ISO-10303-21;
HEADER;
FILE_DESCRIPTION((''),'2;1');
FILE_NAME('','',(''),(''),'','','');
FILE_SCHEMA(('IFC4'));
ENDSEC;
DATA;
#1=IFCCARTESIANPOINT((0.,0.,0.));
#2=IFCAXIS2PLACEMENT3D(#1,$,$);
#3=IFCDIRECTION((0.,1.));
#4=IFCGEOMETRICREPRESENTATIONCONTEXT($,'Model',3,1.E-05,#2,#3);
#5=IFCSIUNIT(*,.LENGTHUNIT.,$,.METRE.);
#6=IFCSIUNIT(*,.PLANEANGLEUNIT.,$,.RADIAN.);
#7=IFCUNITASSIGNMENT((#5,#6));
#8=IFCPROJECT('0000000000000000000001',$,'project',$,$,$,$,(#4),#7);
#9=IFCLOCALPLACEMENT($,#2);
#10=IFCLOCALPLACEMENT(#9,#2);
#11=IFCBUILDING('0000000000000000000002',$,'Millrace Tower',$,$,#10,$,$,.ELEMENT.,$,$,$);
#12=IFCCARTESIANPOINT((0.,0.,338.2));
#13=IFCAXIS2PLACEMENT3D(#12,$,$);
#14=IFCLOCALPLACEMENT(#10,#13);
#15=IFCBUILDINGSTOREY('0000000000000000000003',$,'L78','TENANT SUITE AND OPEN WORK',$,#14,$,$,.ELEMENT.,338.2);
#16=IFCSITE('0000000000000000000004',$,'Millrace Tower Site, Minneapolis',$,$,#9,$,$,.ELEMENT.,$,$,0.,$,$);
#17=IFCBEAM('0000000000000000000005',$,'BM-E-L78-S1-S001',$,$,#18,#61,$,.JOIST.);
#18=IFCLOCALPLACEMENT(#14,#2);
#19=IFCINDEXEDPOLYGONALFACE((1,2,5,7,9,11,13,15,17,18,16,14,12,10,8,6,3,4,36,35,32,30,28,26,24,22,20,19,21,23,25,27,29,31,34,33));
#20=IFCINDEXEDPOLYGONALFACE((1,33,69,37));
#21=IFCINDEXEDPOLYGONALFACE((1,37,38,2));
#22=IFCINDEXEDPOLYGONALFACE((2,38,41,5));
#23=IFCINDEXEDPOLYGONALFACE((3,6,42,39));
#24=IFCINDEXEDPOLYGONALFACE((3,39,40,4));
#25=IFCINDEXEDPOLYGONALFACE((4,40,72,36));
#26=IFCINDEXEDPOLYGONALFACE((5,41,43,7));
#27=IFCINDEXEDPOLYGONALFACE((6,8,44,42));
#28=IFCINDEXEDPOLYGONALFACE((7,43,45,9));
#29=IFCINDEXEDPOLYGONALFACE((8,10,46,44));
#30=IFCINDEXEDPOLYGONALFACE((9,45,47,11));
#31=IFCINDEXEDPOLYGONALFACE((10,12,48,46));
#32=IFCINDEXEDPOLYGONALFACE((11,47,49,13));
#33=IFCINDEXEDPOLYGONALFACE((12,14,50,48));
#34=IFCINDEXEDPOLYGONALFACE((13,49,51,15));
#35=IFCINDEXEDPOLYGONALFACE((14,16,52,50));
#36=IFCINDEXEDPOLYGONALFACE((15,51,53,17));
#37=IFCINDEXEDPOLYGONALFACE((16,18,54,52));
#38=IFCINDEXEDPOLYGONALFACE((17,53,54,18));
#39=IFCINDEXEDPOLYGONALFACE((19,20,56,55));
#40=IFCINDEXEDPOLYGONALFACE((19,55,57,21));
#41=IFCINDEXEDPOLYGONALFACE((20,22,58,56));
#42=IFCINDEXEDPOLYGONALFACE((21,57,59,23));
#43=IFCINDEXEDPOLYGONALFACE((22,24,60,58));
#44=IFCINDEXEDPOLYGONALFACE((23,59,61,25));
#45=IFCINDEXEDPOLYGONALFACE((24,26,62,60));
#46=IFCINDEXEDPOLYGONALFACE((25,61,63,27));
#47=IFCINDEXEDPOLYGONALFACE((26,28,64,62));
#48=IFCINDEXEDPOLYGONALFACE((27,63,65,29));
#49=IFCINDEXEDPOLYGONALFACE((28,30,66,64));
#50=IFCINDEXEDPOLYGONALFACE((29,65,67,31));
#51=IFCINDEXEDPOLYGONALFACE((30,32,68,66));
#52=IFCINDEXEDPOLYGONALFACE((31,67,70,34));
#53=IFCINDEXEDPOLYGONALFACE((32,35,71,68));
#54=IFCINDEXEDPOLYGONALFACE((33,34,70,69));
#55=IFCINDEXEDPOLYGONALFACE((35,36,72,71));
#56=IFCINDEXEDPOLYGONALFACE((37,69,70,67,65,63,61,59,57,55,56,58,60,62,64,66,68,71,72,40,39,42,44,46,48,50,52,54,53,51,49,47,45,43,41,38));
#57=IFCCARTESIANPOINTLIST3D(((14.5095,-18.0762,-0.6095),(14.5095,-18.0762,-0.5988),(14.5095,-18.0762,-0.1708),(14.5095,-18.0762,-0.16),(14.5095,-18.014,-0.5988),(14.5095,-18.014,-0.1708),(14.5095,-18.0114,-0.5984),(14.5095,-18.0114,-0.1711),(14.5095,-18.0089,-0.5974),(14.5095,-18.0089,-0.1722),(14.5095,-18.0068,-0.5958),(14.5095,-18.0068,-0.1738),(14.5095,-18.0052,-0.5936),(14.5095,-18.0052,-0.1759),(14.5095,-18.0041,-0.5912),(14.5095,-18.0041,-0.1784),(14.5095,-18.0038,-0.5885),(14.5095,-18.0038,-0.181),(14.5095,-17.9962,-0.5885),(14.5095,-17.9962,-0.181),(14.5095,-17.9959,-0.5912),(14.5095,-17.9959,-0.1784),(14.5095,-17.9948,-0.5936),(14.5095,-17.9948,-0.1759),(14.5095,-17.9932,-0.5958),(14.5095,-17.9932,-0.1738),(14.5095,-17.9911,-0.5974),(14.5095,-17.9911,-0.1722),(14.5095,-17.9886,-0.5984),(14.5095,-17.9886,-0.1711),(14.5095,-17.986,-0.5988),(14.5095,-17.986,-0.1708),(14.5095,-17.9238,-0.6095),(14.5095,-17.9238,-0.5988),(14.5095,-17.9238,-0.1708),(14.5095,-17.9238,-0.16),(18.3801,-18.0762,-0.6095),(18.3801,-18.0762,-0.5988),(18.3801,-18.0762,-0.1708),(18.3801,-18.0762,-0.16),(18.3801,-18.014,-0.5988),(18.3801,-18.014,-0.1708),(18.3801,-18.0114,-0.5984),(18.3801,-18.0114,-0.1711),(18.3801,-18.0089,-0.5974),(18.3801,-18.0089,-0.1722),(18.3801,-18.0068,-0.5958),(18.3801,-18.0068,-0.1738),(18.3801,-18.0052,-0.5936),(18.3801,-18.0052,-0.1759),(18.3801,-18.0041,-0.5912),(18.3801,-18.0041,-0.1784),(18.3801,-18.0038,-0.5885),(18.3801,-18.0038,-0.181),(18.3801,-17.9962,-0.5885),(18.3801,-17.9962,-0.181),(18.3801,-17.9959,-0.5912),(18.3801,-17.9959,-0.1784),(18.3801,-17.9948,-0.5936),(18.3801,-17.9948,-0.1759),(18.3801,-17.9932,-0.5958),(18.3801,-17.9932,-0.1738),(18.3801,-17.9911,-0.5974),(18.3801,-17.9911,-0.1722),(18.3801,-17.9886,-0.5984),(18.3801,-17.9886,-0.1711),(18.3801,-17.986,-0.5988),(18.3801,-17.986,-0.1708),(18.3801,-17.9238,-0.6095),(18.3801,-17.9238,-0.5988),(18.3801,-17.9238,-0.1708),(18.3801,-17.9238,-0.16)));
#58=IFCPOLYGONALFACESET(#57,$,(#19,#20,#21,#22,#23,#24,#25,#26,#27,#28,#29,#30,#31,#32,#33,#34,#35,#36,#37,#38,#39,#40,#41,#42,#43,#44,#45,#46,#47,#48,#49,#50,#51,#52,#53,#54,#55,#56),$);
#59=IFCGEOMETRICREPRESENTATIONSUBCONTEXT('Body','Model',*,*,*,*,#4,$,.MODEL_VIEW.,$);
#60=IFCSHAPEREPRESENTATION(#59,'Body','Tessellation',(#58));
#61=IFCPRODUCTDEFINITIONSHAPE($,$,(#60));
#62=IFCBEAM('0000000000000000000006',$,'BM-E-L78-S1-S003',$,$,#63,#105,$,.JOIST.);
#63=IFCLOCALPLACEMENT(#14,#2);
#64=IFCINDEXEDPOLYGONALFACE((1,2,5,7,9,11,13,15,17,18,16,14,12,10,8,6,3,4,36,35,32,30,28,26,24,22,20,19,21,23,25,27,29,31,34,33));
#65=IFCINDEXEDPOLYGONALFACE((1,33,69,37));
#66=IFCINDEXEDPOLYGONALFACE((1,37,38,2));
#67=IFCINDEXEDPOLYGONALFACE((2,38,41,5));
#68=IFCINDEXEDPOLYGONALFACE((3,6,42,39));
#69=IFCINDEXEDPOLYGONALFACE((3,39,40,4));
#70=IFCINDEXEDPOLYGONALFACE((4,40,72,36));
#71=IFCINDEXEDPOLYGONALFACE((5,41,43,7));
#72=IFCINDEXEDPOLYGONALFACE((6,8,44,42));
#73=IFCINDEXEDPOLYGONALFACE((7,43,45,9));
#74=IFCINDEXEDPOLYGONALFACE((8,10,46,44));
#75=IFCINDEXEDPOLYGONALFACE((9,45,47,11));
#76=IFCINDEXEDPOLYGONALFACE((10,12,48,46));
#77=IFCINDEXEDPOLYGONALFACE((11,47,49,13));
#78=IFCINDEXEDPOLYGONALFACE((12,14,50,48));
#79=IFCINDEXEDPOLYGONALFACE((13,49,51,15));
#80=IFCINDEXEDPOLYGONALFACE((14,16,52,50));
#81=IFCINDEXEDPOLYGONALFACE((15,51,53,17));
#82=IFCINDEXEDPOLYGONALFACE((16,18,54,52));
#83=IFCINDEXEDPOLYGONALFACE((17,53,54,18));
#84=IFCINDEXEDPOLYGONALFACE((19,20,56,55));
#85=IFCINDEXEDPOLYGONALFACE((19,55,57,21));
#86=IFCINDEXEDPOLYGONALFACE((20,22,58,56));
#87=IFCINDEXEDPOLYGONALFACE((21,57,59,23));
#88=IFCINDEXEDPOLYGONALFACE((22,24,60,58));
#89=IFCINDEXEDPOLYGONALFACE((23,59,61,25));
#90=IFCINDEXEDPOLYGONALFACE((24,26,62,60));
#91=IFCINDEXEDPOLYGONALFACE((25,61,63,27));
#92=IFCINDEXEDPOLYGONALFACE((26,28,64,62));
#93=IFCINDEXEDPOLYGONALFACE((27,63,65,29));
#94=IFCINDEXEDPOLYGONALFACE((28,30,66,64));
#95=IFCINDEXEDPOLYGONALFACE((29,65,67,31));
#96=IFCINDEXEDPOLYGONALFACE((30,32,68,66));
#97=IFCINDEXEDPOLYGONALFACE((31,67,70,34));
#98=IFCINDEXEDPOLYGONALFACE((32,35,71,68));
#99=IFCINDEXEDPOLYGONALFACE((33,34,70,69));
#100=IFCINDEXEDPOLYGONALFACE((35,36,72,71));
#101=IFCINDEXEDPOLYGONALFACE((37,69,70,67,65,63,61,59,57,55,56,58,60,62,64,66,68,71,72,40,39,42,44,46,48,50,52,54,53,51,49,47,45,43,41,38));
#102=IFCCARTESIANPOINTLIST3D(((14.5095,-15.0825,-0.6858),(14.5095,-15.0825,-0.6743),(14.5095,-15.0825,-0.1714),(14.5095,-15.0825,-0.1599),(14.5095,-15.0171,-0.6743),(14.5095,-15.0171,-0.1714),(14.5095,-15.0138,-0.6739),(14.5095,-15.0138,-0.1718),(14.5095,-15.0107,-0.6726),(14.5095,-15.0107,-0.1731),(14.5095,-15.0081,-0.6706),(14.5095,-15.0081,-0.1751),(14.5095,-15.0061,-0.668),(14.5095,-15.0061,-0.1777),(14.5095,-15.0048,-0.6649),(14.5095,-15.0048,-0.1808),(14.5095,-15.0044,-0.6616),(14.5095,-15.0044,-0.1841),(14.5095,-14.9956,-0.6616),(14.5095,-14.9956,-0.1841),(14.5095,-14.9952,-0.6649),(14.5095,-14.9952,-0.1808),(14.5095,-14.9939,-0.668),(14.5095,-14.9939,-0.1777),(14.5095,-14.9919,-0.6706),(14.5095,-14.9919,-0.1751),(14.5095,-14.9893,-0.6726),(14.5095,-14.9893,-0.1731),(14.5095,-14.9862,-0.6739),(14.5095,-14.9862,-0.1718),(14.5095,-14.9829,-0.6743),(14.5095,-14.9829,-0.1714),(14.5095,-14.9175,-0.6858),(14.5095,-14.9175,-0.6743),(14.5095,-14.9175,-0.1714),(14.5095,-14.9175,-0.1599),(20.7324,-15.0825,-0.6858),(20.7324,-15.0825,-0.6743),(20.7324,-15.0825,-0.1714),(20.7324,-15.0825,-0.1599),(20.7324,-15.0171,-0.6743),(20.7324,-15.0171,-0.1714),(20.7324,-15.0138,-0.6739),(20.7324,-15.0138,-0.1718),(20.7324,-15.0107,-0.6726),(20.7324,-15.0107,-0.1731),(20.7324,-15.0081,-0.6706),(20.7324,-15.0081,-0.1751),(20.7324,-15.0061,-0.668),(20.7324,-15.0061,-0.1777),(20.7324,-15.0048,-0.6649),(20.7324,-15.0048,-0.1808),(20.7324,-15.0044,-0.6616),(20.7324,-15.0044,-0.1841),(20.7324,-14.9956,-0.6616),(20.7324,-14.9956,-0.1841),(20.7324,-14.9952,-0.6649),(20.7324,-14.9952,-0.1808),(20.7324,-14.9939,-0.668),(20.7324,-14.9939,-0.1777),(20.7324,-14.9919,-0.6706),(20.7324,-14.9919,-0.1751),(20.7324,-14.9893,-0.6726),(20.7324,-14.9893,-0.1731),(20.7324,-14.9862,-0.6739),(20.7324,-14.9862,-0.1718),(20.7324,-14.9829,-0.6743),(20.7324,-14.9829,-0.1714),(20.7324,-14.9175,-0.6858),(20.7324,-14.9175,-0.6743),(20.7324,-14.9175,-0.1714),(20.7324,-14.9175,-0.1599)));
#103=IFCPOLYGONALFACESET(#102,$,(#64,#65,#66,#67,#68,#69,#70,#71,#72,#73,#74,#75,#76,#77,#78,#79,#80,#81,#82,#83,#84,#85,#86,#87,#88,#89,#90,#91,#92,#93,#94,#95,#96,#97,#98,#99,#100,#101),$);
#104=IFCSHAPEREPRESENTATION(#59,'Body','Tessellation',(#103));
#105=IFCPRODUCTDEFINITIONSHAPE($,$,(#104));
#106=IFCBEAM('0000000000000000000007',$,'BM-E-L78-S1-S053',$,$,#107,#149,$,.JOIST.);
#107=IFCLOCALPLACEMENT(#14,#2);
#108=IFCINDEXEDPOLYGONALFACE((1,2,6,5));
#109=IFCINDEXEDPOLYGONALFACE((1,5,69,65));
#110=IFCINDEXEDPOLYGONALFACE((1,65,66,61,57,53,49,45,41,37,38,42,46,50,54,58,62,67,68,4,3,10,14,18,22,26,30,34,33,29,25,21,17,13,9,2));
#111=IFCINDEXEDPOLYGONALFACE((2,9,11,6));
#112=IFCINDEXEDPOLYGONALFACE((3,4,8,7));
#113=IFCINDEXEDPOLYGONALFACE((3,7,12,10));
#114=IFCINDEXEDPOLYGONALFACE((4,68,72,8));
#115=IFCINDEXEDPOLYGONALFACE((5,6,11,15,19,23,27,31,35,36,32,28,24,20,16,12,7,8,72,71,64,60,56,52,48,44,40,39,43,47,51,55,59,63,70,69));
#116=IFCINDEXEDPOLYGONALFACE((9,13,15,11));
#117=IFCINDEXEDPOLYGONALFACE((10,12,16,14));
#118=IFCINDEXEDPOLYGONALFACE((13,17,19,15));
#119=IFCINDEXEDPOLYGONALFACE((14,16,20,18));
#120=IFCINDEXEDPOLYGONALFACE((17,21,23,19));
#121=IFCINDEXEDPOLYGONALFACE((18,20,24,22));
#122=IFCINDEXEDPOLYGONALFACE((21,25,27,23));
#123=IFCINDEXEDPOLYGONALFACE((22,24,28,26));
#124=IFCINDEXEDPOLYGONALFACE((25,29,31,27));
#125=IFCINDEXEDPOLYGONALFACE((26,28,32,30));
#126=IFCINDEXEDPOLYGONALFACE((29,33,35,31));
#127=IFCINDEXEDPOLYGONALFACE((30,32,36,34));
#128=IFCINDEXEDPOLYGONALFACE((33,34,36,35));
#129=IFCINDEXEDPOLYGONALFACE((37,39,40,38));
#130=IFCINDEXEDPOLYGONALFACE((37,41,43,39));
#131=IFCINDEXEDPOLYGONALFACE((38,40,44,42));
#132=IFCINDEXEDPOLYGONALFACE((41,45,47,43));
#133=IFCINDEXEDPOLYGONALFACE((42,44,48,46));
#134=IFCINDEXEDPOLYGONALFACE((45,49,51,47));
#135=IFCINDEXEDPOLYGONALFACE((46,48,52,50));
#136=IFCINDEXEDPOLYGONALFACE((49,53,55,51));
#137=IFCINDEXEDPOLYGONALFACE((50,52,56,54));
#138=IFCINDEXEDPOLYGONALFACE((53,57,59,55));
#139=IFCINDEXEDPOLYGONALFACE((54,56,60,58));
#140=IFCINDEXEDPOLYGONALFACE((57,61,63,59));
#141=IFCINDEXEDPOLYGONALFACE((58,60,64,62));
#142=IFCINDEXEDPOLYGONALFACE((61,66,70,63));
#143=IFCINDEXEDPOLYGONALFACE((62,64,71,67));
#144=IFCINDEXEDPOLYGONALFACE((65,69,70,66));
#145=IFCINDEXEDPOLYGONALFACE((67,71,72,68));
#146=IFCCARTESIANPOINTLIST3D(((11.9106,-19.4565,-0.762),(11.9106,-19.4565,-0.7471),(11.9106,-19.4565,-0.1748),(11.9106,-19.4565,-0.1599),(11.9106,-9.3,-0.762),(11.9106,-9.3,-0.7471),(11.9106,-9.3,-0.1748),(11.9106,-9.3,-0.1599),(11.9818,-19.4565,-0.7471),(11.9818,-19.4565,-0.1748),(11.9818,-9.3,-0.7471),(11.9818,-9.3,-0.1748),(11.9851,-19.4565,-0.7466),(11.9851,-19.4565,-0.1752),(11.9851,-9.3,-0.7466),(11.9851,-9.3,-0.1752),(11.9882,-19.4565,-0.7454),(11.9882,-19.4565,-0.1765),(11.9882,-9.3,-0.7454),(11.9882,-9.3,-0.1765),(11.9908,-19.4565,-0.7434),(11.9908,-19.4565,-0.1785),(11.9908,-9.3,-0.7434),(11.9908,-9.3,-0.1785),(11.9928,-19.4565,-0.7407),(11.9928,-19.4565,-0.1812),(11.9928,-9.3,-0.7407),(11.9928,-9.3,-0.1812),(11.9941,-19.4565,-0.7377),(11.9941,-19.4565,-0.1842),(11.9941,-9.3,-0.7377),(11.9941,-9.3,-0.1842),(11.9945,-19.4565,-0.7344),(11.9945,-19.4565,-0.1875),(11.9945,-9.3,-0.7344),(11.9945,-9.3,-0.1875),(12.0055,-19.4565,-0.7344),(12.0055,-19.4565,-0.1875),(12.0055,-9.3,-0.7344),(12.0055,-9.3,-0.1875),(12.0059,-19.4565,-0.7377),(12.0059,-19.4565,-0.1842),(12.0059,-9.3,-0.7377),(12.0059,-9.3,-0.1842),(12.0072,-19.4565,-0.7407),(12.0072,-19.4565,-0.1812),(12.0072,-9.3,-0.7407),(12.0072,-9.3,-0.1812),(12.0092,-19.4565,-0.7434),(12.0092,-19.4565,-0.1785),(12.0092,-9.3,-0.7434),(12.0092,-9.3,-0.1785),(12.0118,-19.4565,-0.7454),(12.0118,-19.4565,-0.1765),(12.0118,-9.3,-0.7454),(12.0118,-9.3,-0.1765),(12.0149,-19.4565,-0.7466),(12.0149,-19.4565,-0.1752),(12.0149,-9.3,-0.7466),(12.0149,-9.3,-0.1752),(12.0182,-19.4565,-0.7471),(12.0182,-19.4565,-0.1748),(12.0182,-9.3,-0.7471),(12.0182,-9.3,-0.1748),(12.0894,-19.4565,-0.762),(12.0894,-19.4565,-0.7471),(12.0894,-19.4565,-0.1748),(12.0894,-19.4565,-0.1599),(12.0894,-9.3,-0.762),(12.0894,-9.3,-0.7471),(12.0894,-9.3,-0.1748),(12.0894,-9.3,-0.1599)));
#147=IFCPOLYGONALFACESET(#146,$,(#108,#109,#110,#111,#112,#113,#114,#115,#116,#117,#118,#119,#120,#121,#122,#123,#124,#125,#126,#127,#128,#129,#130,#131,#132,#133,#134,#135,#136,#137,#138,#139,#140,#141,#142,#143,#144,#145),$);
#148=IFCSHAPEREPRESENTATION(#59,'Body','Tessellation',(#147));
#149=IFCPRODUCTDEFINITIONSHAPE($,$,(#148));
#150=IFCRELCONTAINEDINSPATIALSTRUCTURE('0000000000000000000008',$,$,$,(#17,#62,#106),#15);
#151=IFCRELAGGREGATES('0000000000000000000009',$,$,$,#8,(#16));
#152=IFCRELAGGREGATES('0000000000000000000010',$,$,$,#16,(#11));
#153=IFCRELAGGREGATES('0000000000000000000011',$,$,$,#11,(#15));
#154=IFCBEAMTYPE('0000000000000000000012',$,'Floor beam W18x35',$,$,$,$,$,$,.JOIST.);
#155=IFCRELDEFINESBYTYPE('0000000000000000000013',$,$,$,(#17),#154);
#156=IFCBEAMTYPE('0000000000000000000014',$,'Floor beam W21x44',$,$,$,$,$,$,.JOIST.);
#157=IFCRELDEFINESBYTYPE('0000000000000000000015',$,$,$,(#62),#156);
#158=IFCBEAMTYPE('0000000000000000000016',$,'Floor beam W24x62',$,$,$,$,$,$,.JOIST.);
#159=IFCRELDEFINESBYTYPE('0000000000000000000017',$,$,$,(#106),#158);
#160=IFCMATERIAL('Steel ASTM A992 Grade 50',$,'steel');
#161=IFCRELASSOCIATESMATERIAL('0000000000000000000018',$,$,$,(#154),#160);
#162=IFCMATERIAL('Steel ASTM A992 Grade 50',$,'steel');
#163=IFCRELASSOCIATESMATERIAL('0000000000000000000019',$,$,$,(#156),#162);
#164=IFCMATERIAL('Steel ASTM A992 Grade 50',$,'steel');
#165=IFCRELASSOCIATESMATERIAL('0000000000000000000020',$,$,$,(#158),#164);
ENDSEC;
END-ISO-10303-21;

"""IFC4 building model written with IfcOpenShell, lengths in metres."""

from ifc_helpers import new_model, si_unit, direction, frame, origin, origin_2d, place, context, subcontext, project, spatial, i_section, extrude, material, material_profile, profile_set, type_object, element, save


model = new_model("IFC4")

# Units and contexts
model_context = context("Model", 3, precision=1e-05, world=origin(), true_north=direction((0.0, 1.0)))
body_context = subcontext(model_context, "Body", "Model", "MODEL_VIEW")
ifc_project = project(units=[si_unit("LENGTHUNIT", "METRE"), si_unit("PLANEANGLEUNIT", "RADIAN")], contexts=[model_context])

# Site, building, storey
site_placement = place(None, origin())
site = spatial("IfcSite", under=ifc_project, at=site_placement, Name="Millrace Tower Site, Minneapolis", CompositionType="ELEMENT", RefElevation=0.0)
building_placement = place(site_placement, origin())
building = spatial("IfcBuilding", under=site, at=building_placement, Name="Millrace Tower", CompositionType="ELEMENT")
storey_placement = place(building_placement, frame((0.0, 0.0, 338.2)))
storey = spatial("IfcBuildingStorey", under=building, at=storey_placement, Name="L78", Description="TENANT SUITE AND OPEN WORK", CompositionType="ELEMENT", Elevation=338.2)

# Beams
ifc_material_1 = material(Name="Steel ASTM A992 Grade 50", Category="steel")
ifc_material_profile_1 = material_profile(ifc_material_1, i_section(OverallWidth=0.1523, OverallDepth=0.4495, WebThickness=0.0076, FlangeThickness=0.0107, FilletRadius=0.0103, at=origin_2d()))
ifc_profile_set_1 = profile_set([ifc_material_profile_1], Name="Steel ASTM A992 Grade 50")
beam_type_1 = type_object("IfcBeamType", Name="Floor beam W18x35", PredefinedType="JOIST", material=ifc_profile_set_1)
beam_1_placement = place(storey_placement, frame((14.5095, -18.0, -0.3848), z_axis=(1.0, 0.0, 0.0), x_axis=(0.0, 1.0, 0.0)))
element("IfcBeam", 1, at=beam_1_placement, inside=storey, type_object=beam_type_1, Name="BM-E-L78-S1-S001", PredefinedType="JOIST", context=body_context, shape_type="SweptSolid", body=[
    extrude(i_section(OverallWidth=0.1523, OverallDepth=0.4495, WebThickness=0.0076, FlangeThickness=0.0107, FilletRadius=0.0103, at=origin_2d()), origin(), (0.0, 0.0, 1.0), 3.8706),
])
ifc_material_2 = material(Name="Steel ASTM A992 Grade 50", Category="steel")
ifc_material_profile_2 = material_profile(ifc_material_2, i_section(OverallWidth=0.165, OverallDepth=0.5259, WebThickness=0.0088, FlangeThickness=0.0115, FilletRadius=0.0127, at=origin_2d()))
ifc_profile_set_2 = profile_set([ifc_material_profile_2], Name="Steel ASTM A992 Grade 50")
beam_type_2 = type_object("IfcBeamType", Name="Floor beam W21x44", PredefinedType="JOIST", material=ifc_profile_set_2)
beam_2_placement = place(storey_placement, frame((14.5095, -15.0, -0.4229), z_axis=(1.0, 0.0, 0.0), x_axis=(0.0, 1.0, 0.0)))
element("IfcBeam", 2, at=beam_2_placement, inside=storey, type_object=beam_type_2, Name="BM-E-L78-S1-S003", PredefinedType="JOIST", context=body_context, shape_type="SweptSolid", body=[
    extrude(i_section(OverallWidth=0.165, OverallDepth=0.5259, WebThickness=0.0088, FlangeThickness=0.0115, FilletRadius=0.0127, at=origin_2d()), origin(), (0.0, 0.0, 1.0), 6.2229),
])
ifc_material_3 = material(Name="Steel ASTM A992 Grade 50", Category="steel")
ifc_material_profile_3 = material_profile(ifc_material_3, i_section(OverallWidth=0.1787, OverallDepth=0.6021, WebThickness=0.011, FlangeThickness=0.0149, FilletRadius=0.0127, at=origin_2d()))
ifc_profile_set_3 = profile_set([ifc_material_profile_3], Name="Steel ASTM A992 Grade 50")
beam_type_3 = type_object("IfcBeamType", Name="Floor beam W24x62", PredefinedType="JOIST", material=ifc_profile_set_3)
beam_3_placement = place(storey_placement, frame((12.0, -19.4565, -0.4609), z_axis=(0.0, 1.0, 0.0), x_axis=(-1.0, 0.0, 0.0)))
element("IfcBeam", 3, at=beam_3_placement, inside=storey, type_object=beam_type_3, Name="BM-E-L78-S1-S053", PredefinedType="JOIST", context=body_context, shape_type="SweptSolid", body=[
    extrude(i_section(OverallWidth=0.1787, OverallDepth=0.6021, WebThickness=0.011, FlangeThickness=0.0149, FilletRadius=0.0127, at=origin_2d()), origin(), (0.0, 0.0, 1.0), 10.1565),
])

save(model, "model.ifc")
